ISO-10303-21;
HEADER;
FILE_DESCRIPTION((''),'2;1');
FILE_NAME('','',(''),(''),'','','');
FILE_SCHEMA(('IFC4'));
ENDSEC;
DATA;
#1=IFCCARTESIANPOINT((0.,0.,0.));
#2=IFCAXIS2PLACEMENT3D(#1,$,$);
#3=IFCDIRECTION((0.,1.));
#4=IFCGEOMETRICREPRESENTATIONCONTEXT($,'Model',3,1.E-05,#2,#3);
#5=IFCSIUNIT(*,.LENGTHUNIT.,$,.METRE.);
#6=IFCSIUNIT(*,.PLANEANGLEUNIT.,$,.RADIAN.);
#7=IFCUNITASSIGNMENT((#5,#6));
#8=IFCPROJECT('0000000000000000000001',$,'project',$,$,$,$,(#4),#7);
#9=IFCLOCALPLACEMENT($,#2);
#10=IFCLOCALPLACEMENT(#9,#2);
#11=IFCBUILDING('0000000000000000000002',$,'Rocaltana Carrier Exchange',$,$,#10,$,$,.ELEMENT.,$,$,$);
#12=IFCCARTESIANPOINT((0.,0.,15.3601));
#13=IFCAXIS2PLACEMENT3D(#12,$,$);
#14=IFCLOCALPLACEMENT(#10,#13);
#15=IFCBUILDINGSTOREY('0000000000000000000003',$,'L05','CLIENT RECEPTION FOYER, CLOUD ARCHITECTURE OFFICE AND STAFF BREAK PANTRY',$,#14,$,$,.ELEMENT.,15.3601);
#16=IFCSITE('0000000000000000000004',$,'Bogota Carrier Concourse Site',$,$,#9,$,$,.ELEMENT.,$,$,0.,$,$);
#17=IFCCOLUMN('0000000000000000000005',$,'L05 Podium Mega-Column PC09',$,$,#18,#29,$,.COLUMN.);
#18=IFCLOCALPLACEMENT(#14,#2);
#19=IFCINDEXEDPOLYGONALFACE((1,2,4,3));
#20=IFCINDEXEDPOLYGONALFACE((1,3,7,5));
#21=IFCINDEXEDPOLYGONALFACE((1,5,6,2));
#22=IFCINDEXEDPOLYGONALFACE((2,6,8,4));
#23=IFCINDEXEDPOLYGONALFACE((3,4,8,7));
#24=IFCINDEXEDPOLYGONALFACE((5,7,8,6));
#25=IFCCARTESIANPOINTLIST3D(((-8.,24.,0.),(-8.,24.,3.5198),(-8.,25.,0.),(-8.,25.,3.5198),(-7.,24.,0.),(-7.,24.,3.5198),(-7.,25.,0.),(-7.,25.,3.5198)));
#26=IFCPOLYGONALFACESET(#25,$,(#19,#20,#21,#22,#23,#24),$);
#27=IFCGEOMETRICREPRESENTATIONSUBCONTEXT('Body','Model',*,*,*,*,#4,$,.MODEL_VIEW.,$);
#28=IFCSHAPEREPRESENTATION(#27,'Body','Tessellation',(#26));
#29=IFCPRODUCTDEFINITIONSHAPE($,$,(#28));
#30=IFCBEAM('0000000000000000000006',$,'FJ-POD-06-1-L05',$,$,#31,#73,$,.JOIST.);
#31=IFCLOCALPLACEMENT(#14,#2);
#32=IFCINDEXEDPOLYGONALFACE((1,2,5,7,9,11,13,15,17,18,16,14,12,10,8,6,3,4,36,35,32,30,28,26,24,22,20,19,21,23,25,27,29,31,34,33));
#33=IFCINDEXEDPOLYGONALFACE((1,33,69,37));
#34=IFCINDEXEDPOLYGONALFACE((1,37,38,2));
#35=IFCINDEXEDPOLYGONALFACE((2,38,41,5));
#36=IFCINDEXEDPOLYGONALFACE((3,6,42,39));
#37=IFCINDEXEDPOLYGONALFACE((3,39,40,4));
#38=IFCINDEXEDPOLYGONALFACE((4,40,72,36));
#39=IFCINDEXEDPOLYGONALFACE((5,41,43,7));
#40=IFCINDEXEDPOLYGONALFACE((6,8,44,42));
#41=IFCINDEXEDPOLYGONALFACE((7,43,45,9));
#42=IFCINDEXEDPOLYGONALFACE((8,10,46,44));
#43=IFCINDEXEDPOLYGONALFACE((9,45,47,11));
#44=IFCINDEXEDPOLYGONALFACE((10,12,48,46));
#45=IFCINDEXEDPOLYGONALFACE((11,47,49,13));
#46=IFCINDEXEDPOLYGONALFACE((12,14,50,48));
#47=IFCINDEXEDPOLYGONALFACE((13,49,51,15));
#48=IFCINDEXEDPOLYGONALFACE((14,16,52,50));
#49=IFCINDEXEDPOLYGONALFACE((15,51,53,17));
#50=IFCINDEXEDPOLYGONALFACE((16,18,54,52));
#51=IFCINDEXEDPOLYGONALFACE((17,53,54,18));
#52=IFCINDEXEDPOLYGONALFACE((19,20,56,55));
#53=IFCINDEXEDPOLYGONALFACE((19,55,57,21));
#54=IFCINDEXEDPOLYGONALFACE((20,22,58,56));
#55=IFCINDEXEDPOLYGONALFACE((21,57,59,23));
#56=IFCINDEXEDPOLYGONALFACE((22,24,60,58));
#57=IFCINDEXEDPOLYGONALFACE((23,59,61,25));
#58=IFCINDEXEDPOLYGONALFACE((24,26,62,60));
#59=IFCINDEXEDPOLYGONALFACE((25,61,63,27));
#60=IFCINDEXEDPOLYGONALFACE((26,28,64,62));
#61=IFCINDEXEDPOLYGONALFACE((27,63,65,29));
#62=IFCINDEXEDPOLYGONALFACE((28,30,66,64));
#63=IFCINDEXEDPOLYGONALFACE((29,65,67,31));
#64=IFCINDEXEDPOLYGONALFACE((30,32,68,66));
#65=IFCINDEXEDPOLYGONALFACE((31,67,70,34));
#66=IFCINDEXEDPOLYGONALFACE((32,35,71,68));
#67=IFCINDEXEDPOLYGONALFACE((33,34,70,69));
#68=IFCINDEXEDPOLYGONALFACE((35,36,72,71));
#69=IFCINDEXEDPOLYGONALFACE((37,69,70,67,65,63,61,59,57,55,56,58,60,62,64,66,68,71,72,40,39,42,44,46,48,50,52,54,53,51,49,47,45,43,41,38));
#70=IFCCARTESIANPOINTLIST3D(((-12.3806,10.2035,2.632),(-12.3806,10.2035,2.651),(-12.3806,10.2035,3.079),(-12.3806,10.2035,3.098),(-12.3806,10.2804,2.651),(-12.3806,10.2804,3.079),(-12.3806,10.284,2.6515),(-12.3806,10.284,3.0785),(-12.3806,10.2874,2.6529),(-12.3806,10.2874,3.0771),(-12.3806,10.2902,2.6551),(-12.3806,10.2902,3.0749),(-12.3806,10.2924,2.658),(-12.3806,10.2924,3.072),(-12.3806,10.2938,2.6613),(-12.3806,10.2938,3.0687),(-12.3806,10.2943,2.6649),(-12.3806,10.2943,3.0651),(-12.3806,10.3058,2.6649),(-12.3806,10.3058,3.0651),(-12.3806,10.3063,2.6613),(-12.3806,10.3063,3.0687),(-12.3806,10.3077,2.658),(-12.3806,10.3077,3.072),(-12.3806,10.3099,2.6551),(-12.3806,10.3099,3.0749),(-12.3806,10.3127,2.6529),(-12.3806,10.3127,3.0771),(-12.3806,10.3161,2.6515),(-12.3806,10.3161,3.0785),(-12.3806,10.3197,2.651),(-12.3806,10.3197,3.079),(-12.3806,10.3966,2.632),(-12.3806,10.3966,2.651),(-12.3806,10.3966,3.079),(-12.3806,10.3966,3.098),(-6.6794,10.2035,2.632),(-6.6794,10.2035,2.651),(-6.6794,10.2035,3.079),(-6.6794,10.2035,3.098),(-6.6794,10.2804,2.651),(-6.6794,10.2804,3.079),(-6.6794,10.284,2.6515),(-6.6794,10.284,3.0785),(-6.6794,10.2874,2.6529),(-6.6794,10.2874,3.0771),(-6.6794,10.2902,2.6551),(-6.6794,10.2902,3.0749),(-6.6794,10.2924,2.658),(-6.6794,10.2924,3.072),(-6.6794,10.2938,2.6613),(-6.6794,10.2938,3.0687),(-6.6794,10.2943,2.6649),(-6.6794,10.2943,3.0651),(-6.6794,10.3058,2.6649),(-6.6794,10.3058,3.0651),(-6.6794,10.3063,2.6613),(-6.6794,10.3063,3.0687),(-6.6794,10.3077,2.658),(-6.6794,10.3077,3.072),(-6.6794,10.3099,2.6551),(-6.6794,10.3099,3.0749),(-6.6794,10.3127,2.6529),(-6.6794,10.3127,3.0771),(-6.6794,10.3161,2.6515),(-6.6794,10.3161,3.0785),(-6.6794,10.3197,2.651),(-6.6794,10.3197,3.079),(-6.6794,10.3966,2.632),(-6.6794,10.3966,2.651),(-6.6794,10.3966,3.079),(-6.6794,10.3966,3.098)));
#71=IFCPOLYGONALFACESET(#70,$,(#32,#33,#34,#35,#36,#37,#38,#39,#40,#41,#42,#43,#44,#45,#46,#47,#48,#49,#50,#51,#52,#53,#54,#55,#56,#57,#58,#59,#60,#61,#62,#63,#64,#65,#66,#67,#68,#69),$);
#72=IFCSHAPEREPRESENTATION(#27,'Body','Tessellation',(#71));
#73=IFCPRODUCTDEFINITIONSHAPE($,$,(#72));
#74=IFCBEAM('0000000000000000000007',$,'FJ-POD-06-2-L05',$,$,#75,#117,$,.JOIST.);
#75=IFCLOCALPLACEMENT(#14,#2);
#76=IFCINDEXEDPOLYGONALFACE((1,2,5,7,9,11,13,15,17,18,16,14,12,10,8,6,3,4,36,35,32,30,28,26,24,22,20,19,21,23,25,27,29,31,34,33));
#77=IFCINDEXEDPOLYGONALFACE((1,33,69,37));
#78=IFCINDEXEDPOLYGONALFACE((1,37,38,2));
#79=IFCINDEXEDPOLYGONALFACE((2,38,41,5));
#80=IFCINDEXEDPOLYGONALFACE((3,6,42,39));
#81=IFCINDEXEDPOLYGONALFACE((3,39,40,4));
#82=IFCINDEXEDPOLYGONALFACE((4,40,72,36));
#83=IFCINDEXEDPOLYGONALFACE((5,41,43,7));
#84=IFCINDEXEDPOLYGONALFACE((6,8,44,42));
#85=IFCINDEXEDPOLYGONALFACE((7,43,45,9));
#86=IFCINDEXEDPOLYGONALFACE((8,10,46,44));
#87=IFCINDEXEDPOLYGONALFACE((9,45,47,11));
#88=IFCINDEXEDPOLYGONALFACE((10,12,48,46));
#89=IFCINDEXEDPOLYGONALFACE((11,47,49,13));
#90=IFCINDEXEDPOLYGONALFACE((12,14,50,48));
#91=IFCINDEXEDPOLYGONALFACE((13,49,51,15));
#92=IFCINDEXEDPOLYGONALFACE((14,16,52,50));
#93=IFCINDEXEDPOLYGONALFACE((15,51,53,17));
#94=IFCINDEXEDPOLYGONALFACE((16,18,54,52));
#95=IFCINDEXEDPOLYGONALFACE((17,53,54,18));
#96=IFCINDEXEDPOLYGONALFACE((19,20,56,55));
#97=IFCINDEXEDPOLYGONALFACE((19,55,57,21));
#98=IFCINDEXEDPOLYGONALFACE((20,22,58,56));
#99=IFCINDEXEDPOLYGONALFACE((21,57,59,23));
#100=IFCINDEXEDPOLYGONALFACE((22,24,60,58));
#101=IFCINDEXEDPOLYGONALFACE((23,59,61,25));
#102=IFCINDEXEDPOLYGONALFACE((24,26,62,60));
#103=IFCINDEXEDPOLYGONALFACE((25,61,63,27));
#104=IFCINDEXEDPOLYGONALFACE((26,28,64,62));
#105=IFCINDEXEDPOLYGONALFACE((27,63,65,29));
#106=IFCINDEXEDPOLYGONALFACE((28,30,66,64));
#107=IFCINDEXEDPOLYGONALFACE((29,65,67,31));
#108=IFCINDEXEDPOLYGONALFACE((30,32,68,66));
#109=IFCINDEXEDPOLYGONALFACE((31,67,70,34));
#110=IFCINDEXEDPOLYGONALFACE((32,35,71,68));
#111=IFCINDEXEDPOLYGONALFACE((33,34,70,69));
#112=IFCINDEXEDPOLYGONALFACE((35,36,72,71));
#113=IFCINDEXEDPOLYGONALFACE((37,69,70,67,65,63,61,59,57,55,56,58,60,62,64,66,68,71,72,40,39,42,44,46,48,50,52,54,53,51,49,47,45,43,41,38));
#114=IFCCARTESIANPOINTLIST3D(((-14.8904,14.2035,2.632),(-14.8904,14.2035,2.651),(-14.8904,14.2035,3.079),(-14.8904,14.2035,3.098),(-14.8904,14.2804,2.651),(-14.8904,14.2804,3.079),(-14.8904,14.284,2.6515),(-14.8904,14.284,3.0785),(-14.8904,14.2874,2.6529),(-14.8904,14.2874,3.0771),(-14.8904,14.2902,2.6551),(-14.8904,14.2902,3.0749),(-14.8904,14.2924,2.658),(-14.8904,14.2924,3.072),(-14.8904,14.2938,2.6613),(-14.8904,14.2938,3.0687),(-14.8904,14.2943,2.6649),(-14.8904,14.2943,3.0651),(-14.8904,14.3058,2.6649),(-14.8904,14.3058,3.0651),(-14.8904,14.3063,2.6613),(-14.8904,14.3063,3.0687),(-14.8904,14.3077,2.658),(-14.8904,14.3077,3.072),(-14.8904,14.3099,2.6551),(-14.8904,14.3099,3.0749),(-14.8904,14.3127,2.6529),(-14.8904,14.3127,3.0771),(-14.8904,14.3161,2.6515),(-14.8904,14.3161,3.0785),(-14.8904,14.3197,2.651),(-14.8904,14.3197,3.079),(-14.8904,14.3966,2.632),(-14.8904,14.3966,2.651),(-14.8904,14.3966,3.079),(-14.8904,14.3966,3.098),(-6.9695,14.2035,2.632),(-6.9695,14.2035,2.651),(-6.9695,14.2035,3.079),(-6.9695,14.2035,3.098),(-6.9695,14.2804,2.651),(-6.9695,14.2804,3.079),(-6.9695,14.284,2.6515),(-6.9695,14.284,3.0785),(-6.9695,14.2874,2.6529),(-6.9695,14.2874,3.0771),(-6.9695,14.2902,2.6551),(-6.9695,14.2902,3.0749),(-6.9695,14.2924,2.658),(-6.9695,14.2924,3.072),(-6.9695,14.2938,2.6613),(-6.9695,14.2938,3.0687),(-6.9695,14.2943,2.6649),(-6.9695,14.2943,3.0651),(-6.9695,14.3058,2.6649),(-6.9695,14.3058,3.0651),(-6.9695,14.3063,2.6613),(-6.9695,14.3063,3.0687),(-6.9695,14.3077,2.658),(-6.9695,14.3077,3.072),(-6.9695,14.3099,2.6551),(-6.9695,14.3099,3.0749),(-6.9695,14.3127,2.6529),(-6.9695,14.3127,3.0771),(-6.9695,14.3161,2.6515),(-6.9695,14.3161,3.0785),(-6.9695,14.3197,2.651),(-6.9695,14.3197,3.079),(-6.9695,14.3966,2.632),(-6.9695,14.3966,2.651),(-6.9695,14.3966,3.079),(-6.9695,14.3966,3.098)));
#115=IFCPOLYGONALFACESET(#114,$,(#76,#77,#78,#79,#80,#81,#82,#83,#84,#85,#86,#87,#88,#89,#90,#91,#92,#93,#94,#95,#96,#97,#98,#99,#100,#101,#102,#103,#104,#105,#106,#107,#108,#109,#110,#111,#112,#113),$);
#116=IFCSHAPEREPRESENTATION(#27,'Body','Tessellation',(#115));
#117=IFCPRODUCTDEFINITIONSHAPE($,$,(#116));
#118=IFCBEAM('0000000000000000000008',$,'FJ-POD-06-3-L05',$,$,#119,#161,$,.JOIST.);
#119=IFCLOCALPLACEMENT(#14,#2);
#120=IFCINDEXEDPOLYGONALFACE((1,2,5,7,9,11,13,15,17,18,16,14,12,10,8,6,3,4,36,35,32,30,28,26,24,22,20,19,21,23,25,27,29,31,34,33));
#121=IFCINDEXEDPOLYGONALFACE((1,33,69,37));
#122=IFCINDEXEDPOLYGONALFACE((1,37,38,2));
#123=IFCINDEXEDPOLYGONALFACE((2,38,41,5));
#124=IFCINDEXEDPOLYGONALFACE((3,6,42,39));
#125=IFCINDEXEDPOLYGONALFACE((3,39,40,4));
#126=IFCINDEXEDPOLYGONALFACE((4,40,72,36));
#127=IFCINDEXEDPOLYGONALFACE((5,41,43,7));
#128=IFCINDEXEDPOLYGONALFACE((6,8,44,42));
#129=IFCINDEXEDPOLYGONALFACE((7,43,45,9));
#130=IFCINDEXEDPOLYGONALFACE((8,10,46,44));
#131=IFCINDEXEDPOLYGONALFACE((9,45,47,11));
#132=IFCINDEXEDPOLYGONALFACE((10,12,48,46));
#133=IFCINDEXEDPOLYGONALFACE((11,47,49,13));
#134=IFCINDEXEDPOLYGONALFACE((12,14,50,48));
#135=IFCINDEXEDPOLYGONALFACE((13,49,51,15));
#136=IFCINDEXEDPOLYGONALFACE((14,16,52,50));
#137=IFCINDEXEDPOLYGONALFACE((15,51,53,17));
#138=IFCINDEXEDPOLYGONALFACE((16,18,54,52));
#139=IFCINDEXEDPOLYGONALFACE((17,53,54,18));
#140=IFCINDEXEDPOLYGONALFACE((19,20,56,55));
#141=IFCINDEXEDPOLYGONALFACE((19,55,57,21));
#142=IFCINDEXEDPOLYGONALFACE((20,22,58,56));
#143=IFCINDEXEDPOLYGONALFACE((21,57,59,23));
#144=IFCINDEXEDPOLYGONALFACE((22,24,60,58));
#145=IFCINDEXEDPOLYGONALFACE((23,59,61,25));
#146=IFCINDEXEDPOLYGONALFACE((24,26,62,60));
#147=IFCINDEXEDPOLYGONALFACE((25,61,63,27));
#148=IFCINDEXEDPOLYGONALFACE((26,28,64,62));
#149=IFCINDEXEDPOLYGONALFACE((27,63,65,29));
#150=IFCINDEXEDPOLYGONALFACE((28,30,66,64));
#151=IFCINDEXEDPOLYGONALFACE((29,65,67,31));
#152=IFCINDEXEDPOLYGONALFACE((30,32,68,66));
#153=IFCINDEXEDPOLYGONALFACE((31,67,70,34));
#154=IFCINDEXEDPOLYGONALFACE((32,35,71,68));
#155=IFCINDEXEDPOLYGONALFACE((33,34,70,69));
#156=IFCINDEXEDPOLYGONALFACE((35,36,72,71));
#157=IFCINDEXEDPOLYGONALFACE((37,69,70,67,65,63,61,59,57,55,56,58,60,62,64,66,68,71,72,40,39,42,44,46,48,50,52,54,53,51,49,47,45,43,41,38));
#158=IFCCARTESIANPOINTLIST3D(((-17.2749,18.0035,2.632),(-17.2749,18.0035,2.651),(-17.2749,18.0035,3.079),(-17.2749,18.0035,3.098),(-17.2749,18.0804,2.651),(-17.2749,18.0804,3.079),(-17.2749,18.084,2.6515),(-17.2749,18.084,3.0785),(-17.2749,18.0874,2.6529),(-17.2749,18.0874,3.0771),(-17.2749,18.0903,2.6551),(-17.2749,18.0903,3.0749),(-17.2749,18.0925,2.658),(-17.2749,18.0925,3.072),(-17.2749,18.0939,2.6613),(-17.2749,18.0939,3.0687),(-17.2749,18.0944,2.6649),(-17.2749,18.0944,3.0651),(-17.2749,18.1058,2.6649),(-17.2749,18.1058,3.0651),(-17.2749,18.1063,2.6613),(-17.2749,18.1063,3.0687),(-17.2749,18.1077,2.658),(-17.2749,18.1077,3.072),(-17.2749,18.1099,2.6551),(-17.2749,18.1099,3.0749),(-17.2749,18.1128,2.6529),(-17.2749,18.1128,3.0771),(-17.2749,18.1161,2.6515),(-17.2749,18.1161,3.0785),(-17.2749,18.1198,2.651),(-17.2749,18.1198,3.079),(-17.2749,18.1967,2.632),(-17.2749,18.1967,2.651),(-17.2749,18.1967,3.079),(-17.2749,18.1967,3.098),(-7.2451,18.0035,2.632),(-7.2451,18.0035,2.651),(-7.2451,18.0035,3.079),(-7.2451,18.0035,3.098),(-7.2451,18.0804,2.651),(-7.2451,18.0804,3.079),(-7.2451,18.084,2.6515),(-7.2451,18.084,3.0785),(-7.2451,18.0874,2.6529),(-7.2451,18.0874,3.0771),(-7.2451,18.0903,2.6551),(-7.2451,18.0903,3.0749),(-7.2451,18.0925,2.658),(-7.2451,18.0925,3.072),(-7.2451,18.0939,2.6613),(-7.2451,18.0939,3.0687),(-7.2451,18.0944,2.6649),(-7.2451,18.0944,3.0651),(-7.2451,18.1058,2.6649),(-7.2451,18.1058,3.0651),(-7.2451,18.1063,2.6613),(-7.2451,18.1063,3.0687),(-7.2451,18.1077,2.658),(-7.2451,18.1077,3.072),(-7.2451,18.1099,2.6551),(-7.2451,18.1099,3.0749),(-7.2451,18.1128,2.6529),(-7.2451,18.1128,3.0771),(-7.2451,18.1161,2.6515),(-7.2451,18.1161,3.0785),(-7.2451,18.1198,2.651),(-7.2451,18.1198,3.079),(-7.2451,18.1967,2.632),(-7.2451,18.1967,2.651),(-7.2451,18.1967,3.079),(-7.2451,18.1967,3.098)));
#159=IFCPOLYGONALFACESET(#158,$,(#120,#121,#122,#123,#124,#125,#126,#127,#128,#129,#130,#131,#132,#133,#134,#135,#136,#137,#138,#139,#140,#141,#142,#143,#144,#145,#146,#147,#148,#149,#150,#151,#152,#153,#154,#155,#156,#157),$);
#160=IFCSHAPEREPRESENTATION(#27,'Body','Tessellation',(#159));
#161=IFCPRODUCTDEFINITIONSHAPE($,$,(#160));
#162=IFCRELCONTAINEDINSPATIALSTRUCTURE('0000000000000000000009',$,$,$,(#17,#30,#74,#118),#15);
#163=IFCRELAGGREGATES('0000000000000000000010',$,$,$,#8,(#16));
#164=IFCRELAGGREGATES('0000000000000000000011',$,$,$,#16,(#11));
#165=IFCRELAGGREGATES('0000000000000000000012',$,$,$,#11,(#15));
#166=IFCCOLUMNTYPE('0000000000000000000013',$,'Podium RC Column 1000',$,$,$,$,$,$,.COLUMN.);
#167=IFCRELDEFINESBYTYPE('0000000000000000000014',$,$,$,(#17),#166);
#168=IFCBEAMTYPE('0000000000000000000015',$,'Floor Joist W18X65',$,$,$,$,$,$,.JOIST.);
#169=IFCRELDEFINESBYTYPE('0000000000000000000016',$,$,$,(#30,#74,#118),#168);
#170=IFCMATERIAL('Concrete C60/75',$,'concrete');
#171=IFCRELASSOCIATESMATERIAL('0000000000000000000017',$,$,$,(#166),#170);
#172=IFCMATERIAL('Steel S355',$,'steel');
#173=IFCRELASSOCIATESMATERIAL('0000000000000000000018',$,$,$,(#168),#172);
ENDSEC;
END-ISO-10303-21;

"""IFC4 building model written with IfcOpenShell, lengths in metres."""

from ifc_helpers import new_model, si_unit, direction, frame, origin, origin_2d, place, context, subcontext, project, spatial, rectangle, i_section, extrude, material, material_profile, profile_set, type_object, element, save


model = new_model("IFC4")

# Units and contexts
model_context = context("Model", 3, precision=1e-05, world=origin(), true_north=direction((0.0, 1.0)))
body_context = subcontext(model_context, "Body", "Model", "MODEL_VIEW")
ifc_project = project(units=[si_unit("LENGTHUNIT", "METRE"), si_unit("PLANEANGLEUNIT", "RADIAN")], contexts=[model_context])

# Site, building, storey
site_placement = place(None, origin())
site = spatial("IfcSite", under=ifc_project, at=site_placement, Name="Bogota Carrier Concourse Site", CompositionType="ELEMENT", RefElevation=0.0)
building_placement = place(site_placement, origin())
building = spatial("IfcBuilding", under=site, at=building_placement, Name="Rocaltana Carrier Exchange", CompositionType="ELEMENT")
storey_placement = place(building_placement, frame((0.0, 0.0, 15.3601)))
storey = spatial("IfcBuildingStorey", under=building, at=storey_placement, Name="L05", Description="CLIENT RECEPTION FOYER, CLOUD ARCHITECTURE OFFICE AND STAFF BREAK PANTRY", CompositionType="ELEMENT", Elevation=15.3601)

# Column
ifc_material_1 = material(Name="Concrete C60/75", Category="concrete")
ifc_material_profile_1 = material_profile(ifc_material_1, rectangle(XDim=1.0, YDim=1.0, at=origin_2d()), Name="RC-COL-1000X1000")
ifc_profile_set_1 = profile_set([ifc_material_profile_1], Name="Concrete C60/75")
column_type = type_object("IfcColumnType", Name="Podium RC Column 1000", PredefinedType="COLUMN", material=ifc_profile_set_1)
column_placement = place(storey_placement, frame((-7.5, 24.5, 0.0), z_axis=(0.0, 0.0, 1.0), x_axis=(1.0, 0.0, 0.0)))
element("IfcColumn", 1, at=column_placement, inside=storey, type_object=column_type, Name="L05 Podium Mega-Column PC09", PredefinedType="COLUMN", context=body_context, shape_type="SweptSolid", body=[
    extrude(rectangle(XDim=1.0, YDim=1.0, at=origin_2d()), origin(), (0.0, 0.0, 1.0), 3.5198),
])

# Beams
ifc_material_2 = material(Name="Steel S355", Category="steel")
ifc_material_profile_2 = material_profile(ifc_material_2, i_section(OverallWidth=0.1931, OverallDepth=0.4661, WebThickness=0.0115, FlangeThickness=0.019, FilletRadius=0.0139, at=origin_2d()), Name="W18X65")
ifc_profile_set_2 = profile_set([ifc_material_profile_2], Name="Steel S355")
beam_type_1 = type_object("IfcBeamType", Name="Floor Joist W18X65", PredefinedType="JOIST", material=ifc_profile_set_2)
beam_1_placement = place(storey_placement, frame((-6.6794, 10.3, 2.865), z_axis=(-1.0, 0.0, 0.0), x_axis=(0.0, -1.0, 0.0)))
element("IfcBeam", 2, at=beam_1_placement, inside=storey, type_object=beam_type_1, Name="FJ-POD-06-1-L05", PredefinedType="JOIST", context=body_context, shape_type="SweptSolid", body=[
    extrude(i_section(OverallWidth=0.1931, OverallDepth=0.4661, WebThickness=0.0115, FlangeThickness=0.019, FilletRadius=0.0139, at=origin_2d()), origin(), (0.0, 0.0, 1.0), 5.7012),
])
beam_2_placement = place(storey_placement, frame((-6.9695, 14.3, 2.865), z_axis=(-1.0, 0.0, 0.0), x_axis=(0.0, -1.0, 0.0)))
element("IfcBeam", 3, at=beam_2_placement, inside=storey, type_object=beam_type_1, Name="FJ-POD-06-2-L05", PredefinedType="JOIST", context=body_context, shape_type="SweptSolid", body=[
    extrude(i_section(OverallWidth=0.1931, OverallDepth=0.4661, WebThickness=0.0115, FlangeThickness=0.019, FilletRadius=0.0139, at=origin_2d()), origin(), (0.0, 0.0, 1.0), 7.9209),
])
beam_3_placement = place(storey_placement, frame((-7.2451, 18.1001, 2.865), z_axis=(-1.0, 0.0, 0.0), x_axis=(0.0, -1.0, 0.0)))
element("IfcBeam", 4, at=beam_3_placement, inside=storey, type_object=beam_type_1, Name="FJ-POD-06-3-L05", PredefinedType="JOIST", context=body_context, shape_type="SweptSolid", body=[
    extrude(i_section(OverallWidth=0.1931, OverallDepth=0.4661, WebThickness=0.0115, FlangeThickness=0.019, FilletRadius=0.0139, at=origin_2d()), origin(), (0.0, 0.0, 1.0), 10.0298),
])

save(model, "model.ifc")
